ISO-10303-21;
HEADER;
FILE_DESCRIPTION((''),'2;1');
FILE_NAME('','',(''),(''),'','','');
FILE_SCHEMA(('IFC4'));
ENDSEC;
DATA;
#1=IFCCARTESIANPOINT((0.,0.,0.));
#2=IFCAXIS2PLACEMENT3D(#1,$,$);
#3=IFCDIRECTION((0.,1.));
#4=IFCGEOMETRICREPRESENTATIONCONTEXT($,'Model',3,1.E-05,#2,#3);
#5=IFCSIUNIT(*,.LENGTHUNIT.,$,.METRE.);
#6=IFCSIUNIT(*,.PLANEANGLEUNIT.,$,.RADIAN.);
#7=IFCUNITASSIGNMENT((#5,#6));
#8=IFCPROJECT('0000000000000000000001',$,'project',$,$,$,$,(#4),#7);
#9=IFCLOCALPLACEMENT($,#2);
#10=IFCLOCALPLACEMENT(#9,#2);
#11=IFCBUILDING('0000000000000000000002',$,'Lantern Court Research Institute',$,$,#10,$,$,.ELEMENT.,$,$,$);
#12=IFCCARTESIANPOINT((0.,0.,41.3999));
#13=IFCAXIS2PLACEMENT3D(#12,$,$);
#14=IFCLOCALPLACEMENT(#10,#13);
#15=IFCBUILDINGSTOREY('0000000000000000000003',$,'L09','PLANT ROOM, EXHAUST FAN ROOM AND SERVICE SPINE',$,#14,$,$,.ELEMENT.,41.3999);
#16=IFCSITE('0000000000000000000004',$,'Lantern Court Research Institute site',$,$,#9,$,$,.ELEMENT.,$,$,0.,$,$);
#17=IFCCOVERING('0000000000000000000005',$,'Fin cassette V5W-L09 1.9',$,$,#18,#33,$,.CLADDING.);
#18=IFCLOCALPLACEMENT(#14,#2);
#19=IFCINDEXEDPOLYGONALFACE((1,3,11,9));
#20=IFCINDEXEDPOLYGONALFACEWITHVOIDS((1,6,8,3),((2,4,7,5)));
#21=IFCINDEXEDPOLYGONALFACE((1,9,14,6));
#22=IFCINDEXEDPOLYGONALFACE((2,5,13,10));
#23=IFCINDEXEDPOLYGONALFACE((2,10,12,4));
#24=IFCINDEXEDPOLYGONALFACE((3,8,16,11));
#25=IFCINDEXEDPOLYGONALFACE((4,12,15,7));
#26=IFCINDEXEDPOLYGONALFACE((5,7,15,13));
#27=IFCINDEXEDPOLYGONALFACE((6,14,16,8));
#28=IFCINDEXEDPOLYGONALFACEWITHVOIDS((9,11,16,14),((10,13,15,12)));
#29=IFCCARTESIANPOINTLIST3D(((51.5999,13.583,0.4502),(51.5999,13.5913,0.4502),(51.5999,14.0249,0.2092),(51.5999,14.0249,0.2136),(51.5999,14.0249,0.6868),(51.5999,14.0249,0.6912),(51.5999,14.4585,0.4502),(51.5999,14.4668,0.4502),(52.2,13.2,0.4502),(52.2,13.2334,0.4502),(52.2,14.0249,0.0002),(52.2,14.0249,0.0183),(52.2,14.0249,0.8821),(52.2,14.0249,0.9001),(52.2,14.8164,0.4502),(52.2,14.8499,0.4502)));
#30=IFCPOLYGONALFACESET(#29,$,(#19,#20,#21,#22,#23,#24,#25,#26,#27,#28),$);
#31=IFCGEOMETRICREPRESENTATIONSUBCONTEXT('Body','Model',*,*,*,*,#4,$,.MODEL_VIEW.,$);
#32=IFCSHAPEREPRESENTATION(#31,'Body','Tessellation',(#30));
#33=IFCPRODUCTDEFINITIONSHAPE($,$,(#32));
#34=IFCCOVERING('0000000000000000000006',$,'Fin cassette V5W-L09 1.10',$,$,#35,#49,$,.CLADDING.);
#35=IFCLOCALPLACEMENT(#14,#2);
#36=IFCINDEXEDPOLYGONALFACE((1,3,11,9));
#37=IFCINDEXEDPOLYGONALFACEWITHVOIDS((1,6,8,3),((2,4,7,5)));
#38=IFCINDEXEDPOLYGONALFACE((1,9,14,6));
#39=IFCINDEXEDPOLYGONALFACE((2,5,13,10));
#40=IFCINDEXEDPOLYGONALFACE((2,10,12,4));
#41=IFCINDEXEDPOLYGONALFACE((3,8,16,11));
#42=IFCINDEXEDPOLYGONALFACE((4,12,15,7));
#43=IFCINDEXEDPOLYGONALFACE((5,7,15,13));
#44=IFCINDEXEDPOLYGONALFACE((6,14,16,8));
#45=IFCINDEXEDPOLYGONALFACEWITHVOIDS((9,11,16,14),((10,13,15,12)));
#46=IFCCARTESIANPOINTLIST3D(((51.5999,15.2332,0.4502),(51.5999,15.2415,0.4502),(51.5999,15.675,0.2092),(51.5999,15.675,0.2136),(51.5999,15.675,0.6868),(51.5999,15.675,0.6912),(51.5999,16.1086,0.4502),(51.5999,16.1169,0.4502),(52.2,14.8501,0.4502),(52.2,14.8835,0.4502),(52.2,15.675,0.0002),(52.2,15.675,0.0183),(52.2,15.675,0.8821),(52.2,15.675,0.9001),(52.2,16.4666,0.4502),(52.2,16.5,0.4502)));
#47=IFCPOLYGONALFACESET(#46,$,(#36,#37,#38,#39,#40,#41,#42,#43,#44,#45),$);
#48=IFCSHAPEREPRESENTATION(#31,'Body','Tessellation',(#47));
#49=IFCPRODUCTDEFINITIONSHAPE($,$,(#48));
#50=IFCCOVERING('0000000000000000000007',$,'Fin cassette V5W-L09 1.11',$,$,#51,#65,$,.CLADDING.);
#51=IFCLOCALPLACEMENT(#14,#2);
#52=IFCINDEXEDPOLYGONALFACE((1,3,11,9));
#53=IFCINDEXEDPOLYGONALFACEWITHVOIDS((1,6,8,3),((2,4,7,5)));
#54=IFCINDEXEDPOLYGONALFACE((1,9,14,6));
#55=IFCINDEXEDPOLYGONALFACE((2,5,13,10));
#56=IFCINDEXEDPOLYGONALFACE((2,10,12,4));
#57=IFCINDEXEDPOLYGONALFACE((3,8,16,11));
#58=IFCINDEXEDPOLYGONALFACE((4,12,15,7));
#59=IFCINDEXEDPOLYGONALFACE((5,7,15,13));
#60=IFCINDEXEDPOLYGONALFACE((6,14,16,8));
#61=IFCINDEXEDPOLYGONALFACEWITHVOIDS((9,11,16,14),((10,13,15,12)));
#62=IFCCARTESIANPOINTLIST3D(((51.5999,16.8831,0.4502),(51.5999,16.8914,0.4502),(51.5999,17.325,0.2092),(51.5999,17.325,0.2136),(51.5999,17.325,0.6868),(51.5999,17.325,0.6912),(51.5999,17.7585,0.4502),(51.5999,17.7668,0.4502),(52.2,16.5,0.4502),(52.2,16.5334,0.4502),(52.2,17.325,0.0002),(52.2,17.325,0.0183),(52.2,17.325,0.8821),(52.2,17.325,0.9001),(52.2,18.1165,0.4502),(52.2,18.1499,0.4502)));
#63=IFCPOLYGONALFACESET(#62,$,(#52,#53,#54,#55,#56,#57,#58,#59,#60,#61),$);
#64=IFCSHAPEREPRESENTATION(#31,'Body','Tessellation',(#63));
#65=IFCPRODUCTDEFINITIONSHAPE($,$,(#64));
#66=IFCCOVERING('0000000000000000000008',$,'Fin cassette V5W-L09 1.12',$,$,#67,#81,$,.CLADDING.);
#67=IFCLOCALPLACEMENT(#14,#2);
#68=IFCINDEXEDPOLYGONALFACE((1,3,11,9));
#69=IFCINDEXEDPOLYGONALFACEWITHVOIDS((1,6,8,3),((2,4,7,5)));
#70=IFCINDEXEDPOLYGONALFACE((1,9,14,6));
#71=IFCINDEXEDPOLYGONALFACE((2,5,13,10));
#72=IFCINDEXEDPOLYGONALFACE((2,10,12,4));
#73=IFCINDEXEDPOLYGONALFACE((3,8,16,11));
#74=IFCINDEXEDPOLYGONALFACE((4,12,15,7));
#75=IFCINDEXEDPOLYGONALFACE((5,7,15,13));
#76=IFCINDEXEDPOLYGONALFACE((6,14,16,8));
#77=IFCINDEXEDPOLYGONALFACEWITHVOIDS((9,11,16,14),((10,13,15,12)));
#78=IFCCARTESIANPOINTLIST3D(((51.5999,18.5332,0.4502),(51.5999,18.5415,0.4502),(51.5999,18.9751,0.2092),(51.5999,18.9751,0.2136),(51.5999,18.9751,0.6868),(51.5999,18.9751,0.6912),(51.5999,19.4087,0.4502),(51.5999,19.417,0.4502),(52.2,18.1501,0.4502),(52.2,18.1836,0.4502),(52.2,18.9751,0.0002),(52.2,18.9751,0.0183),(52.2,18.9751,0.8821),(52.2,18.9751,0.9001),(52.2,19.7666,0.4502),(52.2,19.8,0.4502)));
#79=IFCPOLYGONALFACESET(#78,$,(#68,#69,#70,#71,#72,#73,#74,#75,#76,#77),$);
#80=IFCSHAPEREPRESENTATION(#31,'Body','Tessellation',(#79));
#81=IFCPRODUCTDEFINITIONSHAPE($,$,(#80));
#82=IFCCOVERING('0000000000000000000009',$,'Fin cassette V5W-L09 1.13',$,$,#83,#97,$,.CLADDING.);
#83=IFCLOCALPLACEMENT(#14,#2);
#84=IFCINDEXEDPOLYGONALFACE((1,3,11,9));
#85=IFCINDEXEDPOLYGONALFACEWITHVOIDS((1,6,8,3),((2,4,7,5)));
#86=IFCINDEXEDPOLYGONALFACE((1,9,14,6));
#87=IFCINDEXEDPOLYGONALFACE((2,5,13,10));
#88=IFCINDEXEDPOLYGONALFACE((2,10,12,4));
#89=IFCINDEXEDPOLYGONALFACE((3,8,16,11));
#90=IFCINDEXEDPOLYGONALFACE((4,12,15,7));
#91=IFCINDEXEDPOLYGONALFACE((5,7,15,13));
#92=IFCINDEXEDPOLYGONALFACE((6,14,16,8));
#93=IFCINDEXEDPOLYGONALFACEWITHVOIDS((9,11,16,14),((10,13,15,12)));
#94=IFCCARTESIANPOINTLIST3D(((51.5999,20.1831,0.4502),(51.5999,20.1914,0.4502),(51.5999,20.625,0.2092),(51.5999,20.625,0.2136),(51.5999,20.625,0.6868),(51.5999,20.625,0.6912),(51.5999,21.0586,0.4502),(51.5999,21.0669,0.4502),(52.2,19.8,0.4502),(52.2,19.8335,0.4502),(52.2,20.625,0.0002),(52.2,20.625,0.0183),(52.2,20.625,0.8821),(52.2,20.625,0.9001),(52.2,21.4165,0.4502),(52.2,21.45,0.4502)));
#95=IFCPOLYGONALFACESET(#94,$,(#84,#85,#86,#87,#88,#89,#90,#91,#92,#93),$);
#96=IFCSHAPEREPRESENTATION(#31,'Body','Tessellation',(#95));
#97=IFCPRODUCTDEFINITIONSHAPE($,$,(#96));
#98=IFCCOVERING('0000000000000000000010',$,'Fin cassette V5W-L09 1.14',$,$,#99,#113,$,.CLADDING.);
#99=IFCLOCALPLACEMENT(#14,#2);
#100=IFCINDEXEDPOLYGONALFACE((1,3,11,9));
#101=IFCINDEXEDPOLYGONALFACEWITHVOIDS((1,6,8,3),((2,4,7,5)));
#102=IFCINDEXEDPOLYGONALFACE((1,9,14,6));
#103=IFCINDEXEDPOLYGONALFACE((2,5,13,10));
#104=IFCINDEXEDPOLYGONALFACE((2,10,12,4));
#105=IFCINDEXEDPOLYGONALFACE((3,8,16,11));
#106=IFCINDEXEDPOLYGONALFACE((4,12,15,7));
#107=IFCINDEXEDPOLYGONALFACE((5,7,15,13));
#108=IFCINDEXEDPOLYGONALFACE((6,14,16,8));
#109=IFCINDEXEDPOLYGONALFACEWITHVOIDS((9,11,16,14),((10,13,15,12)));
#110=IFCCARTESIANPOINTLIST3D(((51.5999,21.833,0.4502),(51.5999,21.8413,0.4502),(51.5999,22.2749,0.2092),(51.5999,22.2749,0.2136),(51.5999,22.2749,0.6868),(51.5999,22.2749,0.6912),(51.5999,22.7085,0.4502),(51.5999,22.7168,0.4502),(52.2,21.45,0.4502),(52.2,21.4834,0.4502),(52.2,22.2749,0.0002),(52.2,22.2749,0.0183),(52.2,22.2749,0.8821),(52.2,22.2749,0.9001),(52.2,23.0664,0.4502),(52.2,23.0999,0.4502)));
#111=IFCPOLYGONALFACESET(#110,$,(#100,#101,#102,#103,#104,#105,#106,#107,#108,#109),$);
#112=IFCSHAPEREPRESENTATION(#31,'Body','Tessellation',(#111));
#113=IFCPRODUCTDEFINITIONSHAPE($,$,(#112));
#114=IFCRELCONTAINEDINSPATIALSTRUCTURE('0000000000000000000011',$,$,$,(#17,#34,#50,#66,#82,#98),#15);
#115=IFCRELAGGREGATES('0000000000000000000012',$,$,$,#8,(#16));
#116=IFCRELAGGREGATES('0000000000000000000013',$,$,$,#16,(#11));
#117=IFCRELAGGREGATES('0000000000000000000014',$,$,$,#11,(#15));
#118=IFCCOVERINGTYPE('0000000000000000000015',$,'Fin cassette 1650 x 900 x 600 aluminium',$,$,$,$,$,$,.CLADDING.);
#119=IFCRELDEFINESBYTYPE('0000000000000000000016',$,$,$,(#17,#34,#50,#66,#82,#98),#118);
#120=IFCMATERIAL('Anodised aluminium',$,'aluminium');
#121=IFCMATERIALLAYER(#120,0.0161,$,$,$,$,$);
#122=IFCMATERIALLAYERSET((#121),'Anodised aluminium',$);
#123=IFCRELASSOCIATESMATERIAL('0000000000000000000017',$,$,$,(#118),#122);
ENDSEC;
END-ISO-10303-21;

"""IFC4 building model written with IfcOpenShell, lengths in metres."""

from ifc_helpers import new_model, entity, si_unit, direction, frame, origin, place, context, subcontext, project, spatial, material, layer, layer_set, type_object, element, save


model = new_model("IFC4")

# Units and contexts
model_context = context("Model", 3, precision=1e-05, world=origin(), true_north=direction((0.0, 1.0)))
body_context = subcontext(model_context, "Body", "Model", "MODEL_VIEW")
ifc_project = project(units=[si_unit("LENGTHUNIT", "METRE"), si_unit("PLANEANGLEUNIT", "RADIAN")], contexts=[model_context])

# Site, building, storey
site_placement = place(None, origin())
site = spatial("IfcSite", under=ifc_project, at=site_placement, Name="Lantern Court Research Institute site", CompositionType="ELEMENT", RefElevation=0.0)
building_placement = place(site_placement, origin())
building = spatial("IfcBuilding", under=site, at=building_placement, Name="Lantern Court Research Institute", CompositionType="ELEMENT")
storey_placement = place(building_placement, frame((0.0, 0.0, 41.3999)))
storey = spatial("IfcBuildingStorey", under=building, at=storey_placement, Name="L09", Description="PLANT ROOM, EXHAUST FAN ROOM AND SERVICE SPINE", CompositionType="ELEMENT", Elevation=41.3999)

# Coverings
ifc_material_1 = material(Name="Anodised aluminium", Category="aluminium")
ifc_layer_1 = layer(ifc_material_1, 0.0161)
ifc_layer_set_1 = layer_set([ifc_layer_1], Name="Anodised aluminium")
covering_type = type_object("IfcCoveringType", Name="Fin cassette 1650 x 900 x 600 aluminium", PredefinedType="CLADDING", material=ifc_layer_set_1)
covering_1_placement = place(storey_placement, frame((52.2, 14.0249, 0.4502), z_axis=(-1.0, 0.0, 0.0), x_axis=(0.0, -1.0, 0.0)))
cartesian_point_1 = entity("IfcCartesianPoint", [0.825, 0.0])
cartesian_point_2 = entity("IfcCartesianPoint", [0.7915, 0.0])
cartesian_point_3 = entity("IfcCartesianPoint", [0.4419, 0.0])
cartesian_point_4 = entity("IfcCartesianPoint", [0.4336, 0.0])
element("IfcCovering", 1, at=covering_1_placement, inside=storey, type_object=covering_type, Name="Fin cassette V5W-L09 1.9", PredefinedType="CLADDING", context=body_context, shape_type="SweptSolid", body=[
    entity("IfcExtrudedAreaSolidTapered", entity("IfcArbitraryProfileDefWithVoids", "AREA", None, entity("IfcPolyline", [cartesian_point_1, entity("IfcCartesianPoint", [0.0, 0.45]), entity("IfcCartesianPoint", [-0.825, 0.0]), entity("IfcCartesianPoint", [0.0, -0.45]), cartesian_point_1]), [entity("IfcPolyline", [cartesian_point_2, entity("IfcCartesianPoint", [0.0, 0.4319]), entity("IfcCartesianPoint", [-0.7915, 0.0]), entity("IfcCartesianPoint", [0.0, -0.4319]), cartesian_point_2])]), entity("IfcAxis2Placement3D", entity("IfcCartesianPoint", [0.0, 0.0, 0.0])), entity("IfcDirection", [0.0, 0.0, 1.0]), 0.6001, entity("IfcArbitraryProfileDefWithVoids", "AREA", None, entity("IfcPolyline", [cartesian_point_3, entity("IfcCartesianPoint", [0.0, 0.241]), entity("IfcCartesianPoint", [-0.4419, 0.0]), entity("IfcCartesianPoint", [0.0, -0.241]), cartesian_point_3]), [entity("IfcPolyline", [cartesian_point_4, entity("IfcCartesianPoint", [0.0, 0.2366]), entity("IfcCartesianPoint", [-0.4336, 0.0]), entity("IfcCartesianPoint", [0.0, -0.2366]), cartesian_point_4])])),
])
covering_2_placement = place(storey_placement, frame((52.2, 15.675, 0.4502), z_axis=(-1.0, 0.0, 0.0), x_axis=(0.0, -1.0, 0.0)))
cartesian_point_5 = entity("IfcCartesianPoint", [0.825, 0.0])
cartesian_point_6 = entity("IfcCartesianPoint", [0.7915, 0.0])
cartesian_point_7 = entity("IfcCartesianPoint", [0.4419, 0.0])
cartesian_point_8 = entity("IfcCartesianPoint", [0.4336, 0.0])
element("IfcCovering", 2, at=covering_2_placement, inside=storey, type_object=covering_type, Name="Fin cassette V5W-L09 1.10", PredefinedType="CLADDING", context=body_context, shape_type="SweptSolid", body=[
    entity("IfcExtrudedAreaSolidTapered", entity("IfcArbitraryProfileDefWithVoids", "AREA", None, entity("IfcPolyline", [cartesian_point_5, entity("IfcCartesianPoint", [0.0, 0.45]), entity("IfcCartesianPoint", [-0.825, 0.0]), entity("IfcCartesianPoint", [0.0, -0.45]), cartesian_point_5]), [entity("IfcPolyline", [cartesian_point_6, entity("IfcCartesianPoint", [0.0, 0.4319]), entity("IfcCartesianPoint", [-0.7915, 0.0]), entity("IfcCartesianPoint", [0.0, -0.4319]), cartesian_point_6])]), entity("IfcAxis2Placement3D", entity("IfcCartesianPoint", [0.0, 0.0, 0.0])), entity("IfcDirection", [0.0, 0.0, 1.0]), 0.6001, entity("IfcArbitraryProfileDefWithVoids", "AREA", None, entity("IfcPolyline", [cartesian_point_7, entity("IfcCartesianPoint", [0.0, 0.241]), entity("IfcCartesianPoint", [-0.4419, 0.0]), entity("IfcCartesianPoint", [0.0, -0.241]), cartesian_point_7]), [entity("IfcPolyline", [cartesian_point_8, entity("IfcCartesianPoint", [0.0, 0.2366]), entity("IfcCartesianPoint", [-0.4336, 0.0]), entity("IfcCartesianPoint", [0.0, -0.2366]), cartesian_point_8])])),
])
covering_3_placement = place(storey_placement, frame((52.2, 17.325, 0.4502), z_axis=(-1.0, 0.0, 0.0), x_axis=(0.0, -1.0, 0.0)))
cartesian_point_9 = entity("IfcCartesianPoint", [0.825, 0.0])
cartesian_point_10 = entity("IfcCartesianPoint", [0.7915, 0.0])
cartesian_point_11 = entity("IfcCartesianPoint", [0.4419, 0.0])
cartesian_point_12 = entity("IfcCartesianPoint", [0.4336, 0.0])
element("IfcCovering", 3, at=covering_3_placement, inside=storey, type_object=covering_type, Name="Fin cassette V5W-L09 1.11", PredefinedType="CLADDING", context=body_context, shape_type="SweptSolid", body=[
    entity("IfcExtrudedAreaSolidTapered", entity("IfcArbitraryProfileDefWithVoids", "AREA", None, entity("IfcPolyline", [cartesian_point_9, entity("IfcCartesianPoint", [0.0, 0.45]), entity("IfcCartesianPoint", [-0.825, 0.0]), entity("IfcCartesianPoint", [0.0, -0.45]), cartesian_point_9]), [entity("IfcPolyline", [cartesian_point_10, entity("IfcCartesianPoint", [0.0, 0.4319]), entity("IfcCartesianPoint", [-0.7915, 0.0]), entity("IfcCartesianPoint", [0.0, -0.4319]), cartesian_point_10])]), entity("IfcAxis2Placement3D", entity("IfcCartesianPoint", [0.0, 0.0, 0.0])), entity("IfcDirection", [0.0, 0.0, 1.0]), 0.6001, entity("IfcArbitraryProfileDefWithVoids", "AREA", None, entity("IfcPolyline", [cartesian_point_11, entity("IfcCartesianPoint", [0.0, 0.241]), entity("IfcCartesianPoint", [-0.4419, 0.0]), entity("IfcCartesianPoint", [0.0, -0.241]), cartesian_point_11]), [entity("IfcPolyline", [cartesian_point_12, entity("IfcCartesianPoint", [0.0, 0.2366]), entity("IfcCartesianPoint", [-0.4336, 0.0]), entity("IfcCartesianPoint", [0.0, -0.2366]), cartesian_point_12])])),
])
covering_4_placement = place(storey_placement, frame((52.2, 18.9751, 0.4502), z_axis=(-1.0, 0.0, 0.0), x_axis=(0.0, -1.0, 0.0)))
cartesian_point_13 = entity("IfcCartesianPoint", [0.825, 0.0])
cartesian_point_14 = entity("IfcCartesianPoint", [0.7915, 0.0])
cartesian_point_15 = entity("IfcCartesianPoint", [0.4419, 0.0])
cartesian_point_16 = entity("IfcCartesianPoint", [0.4336, 0.0])
element("IfcCovering", 4, at=covering_4_placement, inside=storey, type_object=covering_type, Name="Fin cassette V5W-L09 1.12", PredefinedType="CLADDING", context=body_context, shape_type="SweptSolid", body=[
    entity("IfcExtrudedAreaSolidTapered", entity("IfcArbitraryProfileDefWithVoids", "AREA", None, entity("IfcPolyline", [cartesian_point_13, entity("IfcCartesianPoint", [0.0, 0.45]), entity("IfcCartesianPoint", [-0.825, 0.0]), entity("IfcCartesianPoint", [0.0, -0.45]), cartesian_point_13]), [entity("IfcPolyline", [cartesian_point_14, entity("IfcCartesianPoint", [0.0, 0.4319]), entity("IfcCartesianPoint", [-0.7915, 0.0]), entity("IfcCartesianPoint", [0.0, -0.4319]), cartesian_point_14])]), entity("IfcAxis2Placement3D", entity("IfcCartesianPoint", [0.0, 0.0, 0.0])), entity("IfcDirection", [0.0, 0.0, 1.0]), 0.6001, entity("IfcArbitraryProfileDefWithVoids", "AREA", None, entity("IfcPolyline", [cartesian_point_15, entity("IfcCartesianPoint", [0.0, 0.241]), entity("IfcCartesianPoint", [-0.4419, 0.0]), entity("IfcCartesianPoint", [0.0, -0.241]), cartesian_point_15]), [entity("IfcPolyline", [cartesian_point_16, entity("IfcCartesianPoint", [0.0, 0.2366]), entity("IfcCartesianPoint", [-0.4336, 0.0]), entity("IfcCartesianPoint", [0.0, -0.2366]), cartesian_point_16])])),
])
covering_5_placement = place(storey_placement, frame((52.2, 20.625, 0.4502), z_axis=(-1.0, 0.0, 0.0), x_axis=(0.0, -1.0, 0.0)))
cartesian_point_17 = entity("IfcCartesianPoint", [0.825, 0.0])
cartesian_point_18 = entity("IfcCartesianPoint", [0.7915, 0.0])
cartesian_point_19 = entity("IfcCartesianPoint", [0.4419, 0.0])
cartesian_point_20 = entity("IfcCartesianPoint", [0.4336, 0.0])
element("IfcCovering", 5, at=covering_5_placement, inside=storey, type_object=covering_type, Name="Fin cassette V5W-L09 1.13", PredefinedType="CLADDING", context=body_context, shape_type="SweptSolid", body=[
    entity("IfcExtrudedAreaSolidTapered", entity("IfcArbitraryProfileDefWithVoids", "AREA", None, entity("IfcPolyline", [cartesian_point_17, entity("IfcCartesianPoint", [0.0, 0.45]), entity("IfcCartesianPoint", [-0.825, 0.0]), entity("IfcCartesianPoint", [0.0, -0.45]), cartesian_point_17]), [entity("IfcPolyline", [cartesian_point_18, entity("IfcCartesianPoint", [0.0, 0.4319]), entity("IfcCartesianPoint", [-0.7915, 0.0]), entity("IfcCartesianPoint", [0.0, -0.4319]), cartesian_point_18])]), entity("IfcAxis2Placement3D", entity("IfcCartesianPoint", [0.0, 0.0, 0.0])), entity("IfcDirection", [0.0, 0.0, 1.0]), 0.6001, entity("IfcArbitraryProfileDefWithVoids", "AREA", None, entity("IfcPolyline", [cartesian_point_19, entity("IfcCartesianPoint", [0.0, 0.241]), entity("IfcCartesianPoint", [-0.4419, 0.0]), entity("IfcCartesianPoint", [0.0, -0.241]), cartesian_point_19]), [entity("IfcPolyline", [cartesian_point_20, entity("IfcCartesianPoint", [0.0, 0.2366]), entity("IfcCartesianPoint", [-0.4336, 0.0]), entity("IfcCartesianPoint", [0.0, -0.2366]), cartesian_point_20])])),
])
covering_6_placement = place(storey_placement, frame((52.2, 22.2749, 0.4502), z_axis=(-1.0, 0.0, 0.0), x_axis=(0.0, -1.0, 0.0)))
cartesian_point_21 = entity("IfcCartesianPoint", [0.825, 0.0])
cartesian_point_22 = entity("IfcCartesianPoint", [0.7915, 0.0])
cartesian_point_23 = entity("IfcCartesianPoint", [0.4419, 0.0])
cartesian_point_24 = entity("IfcCartesianPoint", [0.4336, 0.0])
element("IfcCovering", 6, at=covering_6_placement, inside=storey, type_object=covering_type, Name="Fin cassette V5W-L09 1.14", PredefinedType="CLADDING", context=body_context, shape_type="SweptSolid", body=[
    entity("IfcExtrudedAreaSolidTapered", entity("IfcArbitraryProfileDefWithVoids", "AREA", None, entity("IfcPolyline", [cartesian_point_21, entity("IfcCartesianPoint", [0.0, 0.45]), entity("IfcCartesianPoint", [-0.825, 0.0]), entity("IfcCartesianPoint", [0.0, -0.45]), cartesian_point_21]), [entity("IfcPolyline", [cartesian_point_22, entity("IfcCartesianPoint", [0.0, 0.4319]), entity("IfcCartesianPoint", [-0.7915, 0.0]), entity("IfcCartesianPoint", [0.0, -0.4319]), cartesian_point_22])]), entity("IfcAxis2Placement3D", entity("IfcCartesianPoint", [0.0, 0.0, 0.0])), entity("IfcDirection", [0.0, 0.0, 1.0]), 0.6001, entity("IfcArbitraryProfileDefWithVoids", "AREA", None, entity("IfcPolyline", [cartesian_point_23, entity("IfcCartesianPoint", [0.0, 0.241]), entity("IfcCartesianPoint", [-0.4419, 0.0]), entity("IfcCartesianPoint", [0.0, -0.241]), cartesian_point_23]), [entity("IfcPolyline", [cartesian_point_24, entity("IfcCartesianPoint", [0.0, 0.2366]), entity("IfcCartesianPoint", [-0.4336, 0.0]), entity("IfcCartesianPoint", [0.0, -0.2366]), cartesian_point_24])])),
])

save(model, "model.ifc")
